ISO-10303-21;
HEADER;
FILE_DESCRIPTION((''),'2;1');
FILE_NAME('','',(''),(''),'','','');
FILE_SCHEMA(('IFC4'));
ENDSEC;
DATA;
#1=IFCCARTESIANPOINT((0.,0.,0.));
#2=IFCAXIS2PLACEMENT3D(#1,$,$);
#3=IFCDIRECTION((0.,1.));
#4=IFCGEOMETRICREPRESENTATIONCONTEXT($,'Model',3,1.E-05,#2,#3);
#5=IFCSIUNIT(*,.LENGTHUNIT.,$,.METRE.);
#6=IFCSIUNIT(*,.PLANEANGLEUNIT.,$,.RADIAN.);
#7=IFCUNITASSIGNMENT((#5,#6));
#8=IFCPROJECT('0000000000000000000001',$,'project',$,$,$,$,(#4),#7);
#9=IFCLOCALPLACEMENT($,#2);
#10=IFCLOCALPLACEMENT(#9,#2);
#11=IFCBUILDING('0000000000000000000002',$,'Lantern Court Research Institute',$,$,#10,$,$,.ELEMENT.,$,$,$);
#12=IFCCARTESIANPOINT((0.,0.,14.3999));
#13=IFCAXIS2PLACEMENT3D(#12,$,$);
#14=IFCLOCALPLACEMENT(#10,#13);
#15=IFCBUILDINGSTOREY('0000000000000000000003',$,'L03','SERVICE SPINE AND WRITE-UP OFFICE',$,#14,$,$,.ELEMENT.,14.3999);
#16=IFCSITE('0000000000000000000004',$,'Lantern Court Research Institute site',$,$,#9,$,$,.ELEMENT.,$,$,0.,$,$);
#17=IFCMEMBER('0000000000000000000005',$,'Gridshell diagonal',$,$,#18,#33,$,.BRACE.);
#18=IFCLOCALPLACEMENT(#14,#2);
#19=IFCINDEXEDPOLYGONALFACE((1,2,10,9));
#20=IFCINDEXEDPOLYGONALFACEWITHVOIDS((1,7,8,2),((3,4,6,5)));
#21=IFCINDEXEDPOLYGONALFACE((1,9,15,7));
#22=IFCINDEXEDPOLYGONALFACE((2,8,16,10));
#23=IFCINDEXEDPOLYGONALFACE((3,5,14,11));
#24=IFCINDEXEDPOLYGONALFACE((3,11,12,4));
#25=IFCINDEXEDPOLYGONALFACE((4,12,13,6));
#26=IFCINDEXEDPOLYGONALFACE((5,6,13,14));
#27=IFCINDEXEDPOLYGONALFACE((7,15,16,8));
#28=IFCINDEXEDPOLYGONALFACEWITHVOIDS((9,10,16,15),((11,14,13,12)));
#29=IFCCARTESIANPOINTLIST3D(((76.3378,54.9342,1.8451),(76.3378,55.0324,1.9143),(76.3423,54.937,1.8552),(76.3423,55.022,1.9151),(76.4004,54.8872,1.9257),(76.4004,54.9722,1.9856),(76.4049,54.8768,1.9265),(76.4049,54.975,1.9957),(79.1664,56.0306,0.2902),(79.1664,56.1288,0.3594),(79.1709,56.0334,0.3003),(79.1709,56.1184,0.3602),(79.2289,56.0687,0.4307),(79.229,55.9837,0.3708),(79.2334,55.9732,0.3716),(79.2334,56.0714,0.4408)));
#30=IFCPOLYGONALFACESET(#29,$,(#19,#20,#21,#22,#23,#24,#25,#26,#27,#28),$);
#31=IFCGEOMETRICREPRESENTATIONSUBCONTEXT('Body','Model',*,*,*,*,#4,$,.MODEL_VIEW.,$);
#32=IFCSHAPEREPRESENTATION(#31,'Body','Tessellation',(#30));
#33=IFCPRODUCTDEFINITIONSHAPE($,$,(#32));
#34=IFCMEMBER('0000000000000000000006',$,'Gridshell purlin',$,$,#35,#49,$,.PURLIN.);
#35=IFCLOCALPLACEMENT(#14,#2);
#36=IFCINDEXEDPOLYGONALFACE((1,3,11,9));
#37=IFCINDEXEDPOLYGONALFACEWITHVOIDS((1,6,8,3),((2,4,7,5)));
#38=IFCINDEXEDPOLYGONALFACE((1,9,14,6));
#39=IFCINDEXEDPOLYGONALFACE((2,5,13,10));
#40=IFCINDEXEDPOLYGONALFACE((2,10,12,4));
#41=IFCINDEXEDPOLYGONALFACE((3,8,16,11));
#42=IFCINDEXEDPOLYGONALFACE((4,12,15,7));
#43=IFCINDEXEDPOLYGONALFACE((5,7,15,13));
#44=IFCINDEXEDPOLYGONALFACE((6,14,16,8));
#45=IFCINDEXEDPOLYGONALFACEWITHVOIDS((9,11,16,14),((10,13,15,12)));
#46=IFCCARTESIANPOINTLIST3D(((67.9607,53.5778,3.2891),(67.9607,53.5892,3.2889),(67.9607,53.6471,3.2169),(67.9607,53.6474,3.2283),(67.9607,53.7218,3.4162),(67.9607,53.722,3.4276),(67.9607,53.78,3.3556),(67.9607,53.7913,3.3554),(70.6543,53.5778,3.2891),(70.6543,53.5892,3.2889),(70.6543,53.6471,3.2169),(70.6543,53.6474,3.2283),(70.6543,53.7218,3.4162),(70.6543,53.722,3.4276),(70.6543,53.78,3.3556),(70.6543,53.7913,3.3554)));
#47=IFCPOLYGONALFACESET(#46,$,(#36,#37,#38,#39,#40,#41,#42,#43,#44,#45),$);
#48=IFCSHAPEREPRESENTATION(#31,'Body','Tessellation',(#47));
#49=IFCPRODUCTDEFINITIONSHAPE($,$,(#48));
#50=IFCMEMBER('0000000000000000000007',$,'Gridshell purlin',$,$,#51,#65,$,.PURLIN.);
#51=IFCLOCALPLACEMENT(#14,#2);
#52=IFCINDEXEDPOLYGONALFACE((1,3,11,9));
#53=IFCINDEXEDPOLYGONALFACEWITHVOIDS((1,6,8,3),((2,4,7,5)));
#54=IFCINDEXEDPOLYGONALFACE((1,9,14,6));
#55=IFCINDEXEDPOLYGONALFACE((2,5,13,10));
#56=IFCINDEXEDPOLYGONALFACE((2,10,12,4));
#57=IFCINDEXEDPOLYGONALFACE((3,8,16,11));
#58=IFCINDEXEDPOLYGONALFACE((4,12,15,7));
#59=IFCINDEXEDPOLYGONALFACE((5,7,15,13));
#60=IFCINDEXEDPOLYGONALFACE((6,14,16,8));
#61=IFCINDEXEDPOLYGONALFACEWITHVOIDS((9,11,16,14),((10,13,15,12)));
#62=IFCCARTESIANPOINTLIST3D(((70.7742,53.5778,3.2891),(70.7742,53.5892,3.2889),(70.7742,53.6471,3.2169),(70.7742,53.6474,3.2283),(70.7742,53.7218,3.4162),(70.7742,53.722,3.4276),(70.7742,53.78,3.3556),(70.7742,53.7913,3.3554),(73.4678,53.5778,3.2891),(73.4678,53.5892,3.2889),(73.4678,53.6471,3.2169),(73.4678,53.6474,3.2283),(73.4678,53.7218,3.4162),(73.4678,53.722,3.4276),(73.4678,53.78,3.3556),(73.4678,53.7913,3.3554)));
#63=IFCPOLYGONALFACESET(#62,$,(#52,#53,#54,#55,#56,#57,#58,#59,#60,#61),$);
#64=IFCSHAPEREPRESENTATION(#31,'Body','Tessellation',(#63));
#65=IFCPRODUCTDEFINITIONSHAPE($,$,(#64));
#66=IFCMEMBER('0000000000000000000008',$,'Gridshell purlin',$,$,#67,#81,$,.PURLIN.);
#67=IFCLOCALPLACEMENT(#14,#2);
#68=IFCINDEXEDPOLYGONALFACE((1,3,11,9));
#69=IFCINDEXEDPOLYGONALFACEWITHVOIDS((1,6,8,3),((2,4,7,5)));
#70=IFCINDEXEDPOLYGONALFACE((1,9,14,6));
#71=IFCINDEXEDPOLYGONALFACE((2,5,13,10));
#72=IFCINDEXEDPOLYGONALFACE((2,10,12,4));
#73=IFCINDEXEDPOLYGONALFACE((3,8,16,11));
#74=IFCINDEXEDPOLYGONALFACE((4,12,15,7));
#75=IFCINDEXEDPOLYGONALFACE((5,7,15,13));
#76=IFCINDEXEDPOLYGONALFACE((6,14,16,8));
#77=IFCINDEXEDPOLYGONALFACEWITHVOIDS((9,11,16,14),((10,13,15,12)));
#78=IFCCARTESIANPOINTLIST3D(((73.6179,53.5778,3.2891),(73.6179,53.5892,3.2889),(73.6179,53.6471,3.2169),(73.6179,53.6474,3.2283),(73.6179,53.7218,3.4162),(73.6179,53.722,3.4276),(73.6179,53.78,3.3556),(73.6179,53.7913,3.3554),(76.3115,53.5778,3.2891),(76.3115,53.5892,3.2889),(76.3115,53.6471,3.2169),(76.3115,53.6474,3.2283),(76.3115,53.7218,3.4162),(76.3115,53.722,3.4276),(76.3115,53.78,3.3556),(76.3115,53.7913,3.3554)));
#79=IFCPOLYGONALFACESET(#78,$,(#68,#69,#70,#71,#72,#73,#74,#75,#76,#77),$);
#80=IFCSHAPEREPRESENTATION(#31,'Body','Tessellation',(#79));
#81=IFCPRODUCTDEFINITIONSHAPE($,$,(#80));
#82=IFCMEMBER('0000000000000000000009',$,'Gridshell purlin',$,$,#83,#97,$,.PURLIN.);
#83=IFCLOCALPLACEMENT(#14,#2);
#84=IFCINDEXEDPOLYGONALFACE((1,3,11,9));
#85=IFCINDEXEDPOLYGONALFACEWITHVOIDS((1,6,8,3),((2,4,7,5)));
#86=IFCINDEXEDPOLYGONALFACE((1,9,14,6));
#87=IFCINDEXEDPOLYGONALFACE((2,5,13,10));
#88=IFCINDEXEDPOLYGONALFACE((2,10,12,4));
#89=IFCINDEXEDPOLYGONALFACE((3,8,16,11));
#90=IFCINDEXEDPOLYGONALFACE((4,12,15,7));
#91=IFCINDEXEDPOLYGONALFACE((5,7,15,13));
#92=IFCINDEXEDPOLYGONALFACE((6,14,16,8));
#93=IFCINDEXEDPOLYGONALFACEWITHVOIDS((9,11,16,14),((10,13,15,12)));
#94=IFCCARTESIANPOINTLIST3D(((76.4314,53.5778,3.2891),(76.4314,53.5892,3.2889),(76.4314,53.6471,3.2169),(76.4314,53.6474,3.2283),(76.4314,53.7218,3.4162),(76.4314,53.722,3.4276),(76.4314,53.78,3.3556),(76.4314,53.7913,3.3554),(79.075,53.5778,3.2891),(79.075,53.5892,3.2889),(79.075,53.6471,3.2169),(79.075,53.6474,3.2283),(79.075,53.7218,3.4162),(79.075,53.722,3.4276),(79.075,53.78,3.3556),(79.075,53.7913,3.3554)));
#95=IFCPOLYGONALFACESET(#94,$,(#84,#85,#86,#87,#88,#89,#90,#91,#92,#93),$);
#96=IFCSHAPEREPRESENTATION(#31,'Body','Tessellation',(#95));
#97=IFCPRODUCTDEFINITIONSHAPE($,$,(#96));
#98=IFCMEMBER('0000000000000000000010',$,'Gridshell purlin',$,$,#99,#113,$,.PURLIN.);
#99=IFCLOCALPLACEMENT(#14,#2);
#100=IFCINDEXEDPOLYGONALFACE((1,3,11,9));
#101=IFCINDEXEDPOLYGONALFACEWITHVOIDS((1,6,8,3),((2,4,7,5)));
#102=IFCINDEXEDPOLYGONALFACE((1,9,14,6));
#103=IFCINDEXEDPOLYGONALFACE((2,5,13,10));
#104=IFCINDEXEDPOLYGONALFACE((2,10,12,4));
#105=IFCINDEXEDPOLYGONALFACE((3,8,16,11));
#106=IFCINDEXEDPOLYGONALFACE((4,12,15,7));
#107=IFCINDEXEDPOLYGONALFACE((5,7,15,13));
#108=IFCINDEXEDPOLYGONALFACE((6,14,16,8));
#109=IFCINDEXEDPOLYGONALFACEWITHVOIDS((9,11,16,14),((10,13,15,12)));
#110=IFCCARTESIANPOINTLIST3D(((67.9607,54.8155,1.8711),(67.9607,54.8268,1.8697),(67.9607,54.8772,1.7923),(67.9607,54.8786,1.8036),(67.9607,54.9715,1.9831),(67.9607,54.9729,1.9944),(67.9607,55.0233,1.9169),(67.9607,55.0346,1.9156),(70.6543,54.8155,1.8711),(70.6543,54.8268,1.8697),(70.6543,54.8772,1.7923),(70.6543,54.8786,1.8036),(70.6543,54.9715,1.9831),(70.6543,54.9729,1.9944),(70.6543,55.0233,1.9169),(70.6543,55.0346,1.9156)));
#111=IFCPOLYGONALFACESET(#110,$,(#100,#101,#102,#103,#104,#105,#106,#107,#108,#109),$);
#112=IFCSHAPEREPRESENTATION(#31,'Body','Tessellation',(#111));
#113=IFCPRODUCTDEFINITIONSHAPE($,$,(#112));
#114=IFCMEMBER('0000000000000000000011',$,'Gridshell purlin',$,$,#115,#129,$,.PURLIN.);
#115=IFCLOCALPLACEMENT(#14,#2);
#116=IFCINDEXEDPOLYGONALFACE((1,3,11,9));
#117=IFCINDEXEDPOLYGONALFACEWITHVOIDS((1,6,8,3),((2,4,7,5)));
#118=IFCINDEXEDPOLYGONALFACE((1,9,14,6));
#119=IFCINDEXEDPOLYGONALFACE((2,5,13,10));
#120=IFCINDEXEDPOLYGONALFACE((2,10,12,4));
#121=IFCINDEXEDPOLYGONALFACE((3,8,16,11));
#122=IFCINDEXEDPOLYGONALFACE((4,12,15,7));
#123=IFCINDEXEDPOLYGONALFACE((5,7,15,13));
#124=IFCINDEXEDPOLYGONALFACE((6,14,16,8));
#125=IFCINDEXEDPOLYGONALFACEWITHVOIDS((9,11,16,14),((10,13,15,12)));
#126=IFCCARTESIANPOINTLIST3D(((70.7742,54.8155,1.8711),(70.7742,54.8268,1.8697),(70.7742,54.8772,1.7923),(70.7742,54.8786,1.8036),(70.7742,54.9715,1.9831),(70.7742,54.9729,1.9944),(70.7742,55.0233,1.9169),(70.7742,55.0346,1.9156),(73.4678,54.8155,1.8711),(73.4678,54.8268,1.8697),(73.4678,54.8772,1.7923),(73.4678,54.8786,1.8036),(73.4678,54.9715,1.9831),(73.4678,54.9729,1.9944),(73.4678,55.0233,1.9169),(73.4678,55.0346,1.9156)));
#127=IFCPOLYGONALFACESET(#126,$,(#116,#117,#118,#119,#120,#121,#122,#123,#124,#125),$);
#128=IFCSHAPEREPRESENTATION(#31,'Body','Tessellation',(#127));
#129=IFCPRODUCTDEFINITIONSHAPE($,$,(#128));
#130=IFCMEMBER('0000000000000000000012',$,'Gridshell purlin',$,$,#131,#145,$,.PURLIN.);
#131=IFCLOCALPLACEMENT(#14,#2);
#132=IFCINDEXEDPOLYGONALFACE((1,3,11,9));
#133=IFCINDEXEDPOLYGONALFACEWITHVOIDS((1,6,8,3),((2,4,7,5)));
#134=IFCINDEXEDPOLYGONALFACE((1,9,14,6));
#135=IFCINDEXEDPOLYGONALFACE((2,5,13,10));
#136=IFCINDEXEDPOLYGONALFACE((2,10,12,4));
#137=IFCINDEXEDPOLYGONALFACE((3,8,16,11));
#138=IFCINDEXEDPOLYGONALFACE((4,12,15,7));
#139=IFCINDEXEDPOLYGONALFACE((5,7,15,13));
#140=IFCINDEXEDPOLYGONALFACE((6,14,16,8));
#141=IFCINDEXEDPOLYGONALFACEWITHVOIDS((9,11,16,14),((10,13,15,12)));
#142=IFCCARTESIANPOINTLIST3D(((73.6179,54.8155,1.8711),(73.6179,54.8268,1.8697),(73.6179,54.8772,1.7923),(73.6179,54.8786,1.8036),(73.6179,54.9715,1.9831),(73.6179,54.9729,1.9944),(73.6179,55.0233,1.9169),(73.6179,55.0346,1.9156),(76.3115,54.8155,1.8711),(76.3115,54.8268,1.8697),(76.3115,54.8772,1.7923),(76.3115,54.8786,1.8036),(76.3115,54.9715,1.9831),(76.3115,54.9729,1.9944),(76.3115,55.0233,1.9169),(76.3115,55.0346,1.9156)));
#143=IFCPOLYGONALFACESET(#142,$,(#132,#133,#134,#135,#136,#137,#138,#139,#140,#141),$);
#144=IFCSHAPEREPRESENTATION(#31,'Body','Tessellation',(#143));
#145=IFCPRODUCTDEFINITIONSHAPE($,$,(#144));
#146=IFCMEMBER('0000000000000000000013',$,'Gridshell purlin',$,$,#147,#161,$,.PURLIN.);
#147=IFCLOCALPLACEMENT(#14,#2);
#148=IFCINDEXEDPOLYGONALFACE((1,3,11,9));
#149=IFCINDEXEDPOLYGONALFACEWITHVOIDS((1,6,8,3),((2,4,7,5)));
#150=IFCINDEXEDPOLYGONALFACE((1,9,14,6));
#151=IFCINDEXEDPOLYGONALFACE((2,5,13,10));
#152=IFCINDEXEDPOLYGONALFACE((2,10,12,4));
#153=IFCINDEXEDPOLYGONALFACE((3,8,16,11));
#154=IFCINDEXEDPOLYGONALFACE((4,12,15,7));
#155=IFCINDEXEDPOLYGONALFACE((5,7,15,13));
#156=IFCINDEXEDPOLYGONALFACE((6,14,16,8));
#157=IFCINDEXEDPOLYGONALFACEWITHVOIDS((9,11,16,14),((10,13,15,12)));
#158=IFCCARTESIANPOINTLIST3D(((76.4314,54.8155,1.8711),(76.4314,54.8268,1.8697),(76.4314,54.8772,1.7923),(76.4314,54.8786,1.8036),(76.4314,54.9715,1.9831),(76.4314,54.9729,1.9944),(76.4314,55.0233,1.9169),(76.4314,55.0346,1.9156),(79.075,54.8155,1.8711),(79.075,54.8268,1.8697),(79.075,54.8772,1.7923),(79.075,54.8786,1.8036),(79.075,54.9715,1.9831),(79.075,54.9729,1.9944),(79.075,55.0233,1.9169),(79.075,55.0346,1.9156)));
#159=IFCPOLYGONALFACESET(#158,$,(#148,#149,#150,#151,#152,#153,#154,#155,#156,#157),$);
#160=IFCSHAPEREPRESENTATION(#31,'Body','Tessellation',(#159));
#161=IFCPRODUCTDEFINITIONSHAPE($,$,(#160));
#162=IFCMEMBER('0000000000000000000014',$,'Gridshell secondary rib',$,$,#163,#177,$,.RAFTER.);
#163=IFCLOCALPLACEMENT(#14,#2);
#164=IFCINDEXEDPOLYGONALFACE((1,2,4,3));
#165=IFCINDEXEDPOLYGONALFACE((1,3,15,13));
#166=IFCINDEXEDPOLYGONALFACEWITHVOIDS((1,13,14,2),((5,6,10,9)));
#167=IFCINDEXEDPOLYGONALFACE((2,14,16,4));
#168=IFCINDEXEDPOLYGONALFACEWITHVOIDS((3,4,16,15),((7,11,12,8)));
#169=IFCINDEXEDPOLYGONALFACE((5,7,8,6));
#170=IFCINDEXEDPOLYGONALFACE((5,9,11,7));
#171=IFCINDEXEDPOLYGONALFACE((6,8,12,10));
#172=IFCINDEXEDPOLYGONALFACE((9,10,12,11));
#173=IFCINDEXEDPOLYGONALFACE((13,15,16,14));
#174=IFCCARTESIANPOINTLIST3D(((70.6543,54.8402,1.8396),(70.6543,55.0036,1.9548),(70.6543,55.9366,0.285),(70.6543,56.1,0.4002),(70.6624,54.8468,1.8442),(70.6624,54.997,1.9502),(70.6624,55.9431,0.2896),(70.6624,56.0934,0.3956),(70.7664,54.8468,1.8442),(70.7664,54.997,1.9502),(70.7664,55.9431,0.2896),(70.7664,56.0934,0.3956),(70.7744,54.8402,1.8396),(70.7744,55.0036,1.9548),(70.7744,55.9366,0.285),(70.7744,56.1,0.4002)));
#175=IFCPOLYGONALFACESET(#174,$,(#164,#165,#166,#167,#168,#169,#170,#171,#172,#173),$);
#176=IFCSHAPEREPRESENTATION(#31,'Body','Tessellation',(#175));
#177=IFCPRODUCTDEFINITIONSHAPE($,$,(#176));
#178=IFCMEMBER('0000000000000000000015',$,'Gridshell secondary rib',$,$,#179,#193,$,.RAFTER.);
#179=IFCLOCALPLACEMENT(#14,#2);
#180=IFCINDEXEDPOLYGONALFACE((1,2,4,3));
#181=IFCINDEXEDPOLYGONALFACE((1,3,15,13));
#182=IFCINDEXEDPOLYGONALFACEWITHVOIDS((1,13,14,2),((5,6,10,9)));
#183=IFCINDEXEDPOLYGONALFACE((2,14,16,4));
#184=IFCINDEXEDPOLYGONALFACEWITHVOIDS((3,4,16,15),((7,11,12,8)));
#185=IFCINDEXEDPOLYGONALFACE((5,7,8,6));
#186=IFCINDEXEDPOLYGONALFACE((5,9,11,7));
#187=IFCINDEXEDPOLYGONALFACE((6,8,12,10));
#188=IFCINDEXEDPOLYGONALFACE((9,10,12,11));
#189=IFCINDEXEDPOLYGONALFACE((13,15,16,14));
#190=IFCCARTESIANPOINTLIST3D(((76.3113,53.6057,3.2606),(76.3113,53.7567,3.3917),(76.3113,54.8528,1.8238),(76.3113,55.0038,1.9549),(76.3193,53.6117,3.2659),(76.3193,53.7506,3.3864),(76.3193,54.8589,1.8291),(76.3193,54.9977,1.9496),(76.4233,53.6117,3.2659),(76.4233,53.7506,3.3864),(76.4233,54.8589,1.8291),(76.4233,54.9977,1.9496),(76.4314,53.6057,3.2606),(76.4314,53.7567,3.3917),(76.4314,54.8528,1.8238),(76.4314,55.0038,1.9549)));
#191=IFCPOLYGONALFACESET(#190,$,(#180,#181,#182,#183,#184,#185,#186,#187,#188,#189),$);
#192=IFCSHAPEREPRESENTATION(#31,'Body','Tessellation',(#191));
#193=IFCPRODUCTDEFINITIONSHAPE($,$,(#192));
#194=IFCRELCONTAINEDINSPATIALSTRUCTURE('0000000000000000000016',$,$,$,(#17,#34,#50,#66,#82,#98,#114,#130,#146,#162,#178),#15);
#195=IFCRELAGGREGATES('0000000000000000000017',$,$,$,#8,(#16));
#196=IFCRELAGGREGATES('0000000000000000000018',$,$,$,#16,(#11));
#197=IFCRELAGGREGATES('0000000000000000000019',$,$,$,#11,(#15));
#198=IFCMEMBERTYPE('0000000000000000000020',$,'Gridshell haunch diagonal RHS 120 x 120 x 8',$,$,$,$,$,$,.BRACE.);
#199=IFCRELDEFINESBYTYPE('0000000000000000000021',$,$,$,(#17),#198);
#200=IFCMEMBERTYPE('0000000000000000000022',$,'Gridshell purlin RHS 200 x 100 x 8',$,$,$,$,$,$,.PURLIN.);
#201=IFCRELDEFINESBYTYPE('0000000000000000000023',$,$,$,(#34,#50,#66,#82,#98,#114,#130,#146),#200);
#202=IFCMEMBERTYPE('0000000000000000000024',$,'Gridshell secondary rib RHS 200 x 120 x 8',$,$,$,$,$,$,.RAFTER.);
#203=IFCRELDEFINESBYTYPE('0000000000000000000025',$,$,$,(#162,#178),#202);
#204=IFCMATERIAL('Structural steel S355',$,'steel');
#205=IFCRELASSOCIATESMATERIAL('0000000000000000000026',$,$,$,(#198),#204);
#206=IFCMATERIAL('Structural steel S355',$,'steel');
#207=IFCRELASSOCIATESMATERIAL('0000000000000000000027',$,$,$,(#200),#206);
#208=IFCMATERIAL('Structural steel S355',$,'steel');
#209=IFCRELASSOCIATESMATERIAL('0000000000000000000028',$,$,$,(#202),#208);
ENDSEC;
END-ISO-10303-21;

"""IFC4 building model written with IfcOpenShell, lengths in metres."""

from ifc_helpers import new_model, si_unit, direction, frame, origin, origin_2d, place, context, subcontext, project, spatial, hollow_rectangle, extrude, material, material_profile, profile_set, type_object, element, save


model = new_model("IFC4")

# Units and contexts
model_context = context("Model", 3, precision=1e-05, world=origin(), true_north=direction((0.0, 1.0)))
body_context = subcontext(model_context, "Body", "Model", "MODEL_VIEW")
ifc_project = project(units=[si_unit("LENGTHUNIT", "METRE"), si_unit("PLANEANGLEUNIT", "RADIAN")], contexts=[model_context])

# Site, building, storey
site_placement = place(None, origin())
site = spatial("IfcSite", under=ifc_project, at=site_placement, Name="Lantern Court Research Institute site", CompositionType="ELEMENT", RefElevation=0.0)
building_placement = place(site_placement, origin())
building = spatial("IfcBuilding", under=site, at=building_placement, Name="Lantern Court Research Institute", CompositionType="ELEMENT")
storey_placement = place(building_placement, frame((0.0, 0.0, 14.3999)))
storey = spatial("IfcBuildingStorey", under=building, at=storey_placement, Name="L03", Description="SERVICE SPINE AND WRITE-UP OFFICE", CompositionType="ELEMENT", Elevation=14.3999)

# Members
ifc_material_1 = material(Name="Structural steel S355", Category="steel")
ifc_material_profile_1 = material_profile(ifc_material_1, hollow_rectangle(XDim=0.1201, YDim=0.1201, WallThickness=0.0081, at=origin_2d()), Name="Gridshell haunch diagonal RHS 120 x 120 x 8")
ifc_profile_set_1 = profile_set([ifc_material_profile_1], Name="Structural steel S355")
member_type_1 = type_object("IfcMemberType", Name="Gridshell haunch diagonal RHS 120 x 120 x 8", PredefinedType="BRACE", material=ifc_profile_set_1)
for number, where, z_axis, x_axis, name in (
    (1, (76.3713, 54.9546, 1.9204), (0.829757, 0.321633, -0.45613), (-0.558124, 0.478138, -0.678146), "Gridshell diagonal"),
):
    element("IfcMember", number, at=place(storey_placement, frame(where, z_axis=z_axis, x_axis=x_axis)), inside=storey, type_object=member_type_1, Name=name, PredefinedType="BRACE", context=body_context, shape_type="SweptSolid", body=[
        extrude(hollow_rectangle(XDim=0.1201, YDim=0.1201, WallThickness=0.0081, at=origin_2d()), origin(), (0.0, 0.0, 1.0), 3.4089),
    ])
ifc_material_2 = material(Name="Structural steel S355", Category="steel")
ifc_material_profile_2 = material_profile(ifc_material_2, hollow_rectangle(XDim=0.1001, YDim=0.2, WallThickness=0.0081, at=origin_2d()), Name="Gridshell purlin RHS 200 x 100 x 8")
ifc_profile_set_2 = profile_set([ifc_material_profile_2], Name="Structural steel S355")
member_type_2 = type_object("IfcMemberType", Name="Gridshell purlin RHS 200 x 100 x 8", PredefinedType="PURLIN", material=ifc_profile_set_2)
for number, where, z_axis, x_axis, name in (
    (2, (67.9607, 53.6846, 3.3223), (1.0, 0.0, 0.0), (0.0, 0.692674, -0.721251), "Gridshell purlin"),
    (3, (70.7742, 53.6846, 3.3223), (1.0, 0.0, 0.0), (0.0, 0.692674, -0.721251), "Gridshell purlin"),
    (4, (73.6179, 53.6846, 3.3223), (1.0, 0.0, 0.0), (0.0, 0.692674, -0.721251), "Gridshell purlin"),
):
    element("IfcMember", number, at=place(storey_placement, frame(where, z_axis=z_axis, x_axis=x_axis)), inside=storey, type_object=member_type_2, Name=name, PredefinedType="PURLIN", context=body_context, shape_type="SweptSolid", body=[
        extrude(hollow_rectangle(XDim=0.1001, YDim=0.2, WallThickness=0.0081, at=origin_2d()), origin(), (0.0, 0.0, 1.0), 2.6936),
    ])
member_1_placement = place(storey_placement, frame((76.4314, 53.6846, 3.3223), z_axis=(1.0, 0.0, 0.0), x_axis=(0.0, 0.692674, -0.721251)))
element("IfcMember", 5, at=member_1_placement, inside=storey, type_object=member_type_2, Name="Gridshell purlin", PredefinedType="PURLIN", context=body_context, shape_type="SweptSolid", body=[
    extrude(hollow_rectangle(XDim=0.1001, YDim=0.2, WallThickness=0.0081, at=origin_2d()), origin(), (0.0, 0.0, 1.0), 2.6436),
])
for number, where, z_axis, x_axis, name in (
    (6, (67.9607, 54.925, 1.8933), (1.0, 0.0, 0.0), (0.0, 0.616657, -0.787232), "Gridshell purlin"),
    (7, (70.7742, 54.925, 1.8933), (1.0, 0.0, 0.0), (0.0, 0.616657, -0.787232), "Gridshell purlin"),
    (8, (73.6179, 54.925, 1.8933), (1.0, 0.0, 0.0), (0.0, 0.616657, -0.787232), "Gridshell purlin"),
):
    element("IfcMember", number, at=place(storey_placement, frame(where, z_axis=z_axis, x_axis=x_axis)), inside=storey, type_object=member_type_2, Name=name, PredefinedType="PURLIN", context=body_context, shape_type="SweptSolid", body=[
        extrude(hollow_rectangle(XDim=0.1001, YDim=0.2, WallThickness=0.0081, at=origin_2d()), origin(), (0.0, 0.0, 1.0), 2.6936),
    ])
member_2_placement = place(storey_placement, frame((76.4314, 54.925, 1.8933), z_axis=(1.0, 0.0, 0.0), x_axis=(0.0, 0.616657, -0.787232)))
element("IfcMember", 9, at=member_2_placement, inside=storey, type_object=member_type_2, Name="Gridshell purlin", PredefinedType="PURLIN", context=body_context, shape_type="SweptSolid", body=[
    extrude(hollow_rectangle(XDim=0.1001, YDim=0.2, WallThickness=0.0081, at=origin_2d()), origin(), (0.0, 0.0, 1.0), 2.6436),
])
ifc_material_3 = material(Name="Structural steel S355", Category="steel")
ifc_material_profile_3 = material_profile(ifc_material_3, hollow_rectangle(XDim=0.1201, YDim=0.2, WallThickness=0.0081, at=origin_2d()), Name="Gridshell secondary rib RHS 200 x 120 x 8")
ifc_profile_set_3 = profile_set([ifc_material_profile_3], Name="Structural steel S355")
member_type_3 = type_object("IfcMemberType", Name="Gridshell secondary rib RHS 200 x 120 x 8", PredefinedType="RAFTER", material=ifc_profile_set_3)
member_3_placement = place(storey_placement, frame((70.7144, 54.9219, 1.8972), z_axis=(0.0, 0.576335, -0.817213), x_axis=(-1.0, 0.0, 0.0)))
element("IfcMember", 10, at=member_3_placement, inside=storey, type_object=member_type_3, Name="Gridshell secondary rib", PredefinedType="RAFTER", context=body_context, shape_type="SweptSolid", body=[
    extrude(hollow_rectangle(XDim=0.1201, YDim=0.2, WallThickness=0.0081, at=origin_2d()), origin(), (0.0, 0.0, 1.0), 1.9023),
])
member_4_placement = place(storey_placement, frame((76.3713, 53.6812, 3.3262), z_axis=(0.0, 0.655492, -0.755202), x_axis=(-1.0, 0.0, 0.0)))
element("IfcMember", 11, at=member_4_placement, inside=storey, type_object=member_type_3, Name="Gridshell secondary rib", PredefinedType="RAFTER", context=body_context, shape_type="SweptSolid", body=[
    extrude(hollow_rectangle(XDim=0.1201, YDim=0.2, WallThickness=0.0081, at=origin_2d()), origin(), (0.0, 0.0, 1.0), 1.9026),
])

save(model, "model.ifc")
